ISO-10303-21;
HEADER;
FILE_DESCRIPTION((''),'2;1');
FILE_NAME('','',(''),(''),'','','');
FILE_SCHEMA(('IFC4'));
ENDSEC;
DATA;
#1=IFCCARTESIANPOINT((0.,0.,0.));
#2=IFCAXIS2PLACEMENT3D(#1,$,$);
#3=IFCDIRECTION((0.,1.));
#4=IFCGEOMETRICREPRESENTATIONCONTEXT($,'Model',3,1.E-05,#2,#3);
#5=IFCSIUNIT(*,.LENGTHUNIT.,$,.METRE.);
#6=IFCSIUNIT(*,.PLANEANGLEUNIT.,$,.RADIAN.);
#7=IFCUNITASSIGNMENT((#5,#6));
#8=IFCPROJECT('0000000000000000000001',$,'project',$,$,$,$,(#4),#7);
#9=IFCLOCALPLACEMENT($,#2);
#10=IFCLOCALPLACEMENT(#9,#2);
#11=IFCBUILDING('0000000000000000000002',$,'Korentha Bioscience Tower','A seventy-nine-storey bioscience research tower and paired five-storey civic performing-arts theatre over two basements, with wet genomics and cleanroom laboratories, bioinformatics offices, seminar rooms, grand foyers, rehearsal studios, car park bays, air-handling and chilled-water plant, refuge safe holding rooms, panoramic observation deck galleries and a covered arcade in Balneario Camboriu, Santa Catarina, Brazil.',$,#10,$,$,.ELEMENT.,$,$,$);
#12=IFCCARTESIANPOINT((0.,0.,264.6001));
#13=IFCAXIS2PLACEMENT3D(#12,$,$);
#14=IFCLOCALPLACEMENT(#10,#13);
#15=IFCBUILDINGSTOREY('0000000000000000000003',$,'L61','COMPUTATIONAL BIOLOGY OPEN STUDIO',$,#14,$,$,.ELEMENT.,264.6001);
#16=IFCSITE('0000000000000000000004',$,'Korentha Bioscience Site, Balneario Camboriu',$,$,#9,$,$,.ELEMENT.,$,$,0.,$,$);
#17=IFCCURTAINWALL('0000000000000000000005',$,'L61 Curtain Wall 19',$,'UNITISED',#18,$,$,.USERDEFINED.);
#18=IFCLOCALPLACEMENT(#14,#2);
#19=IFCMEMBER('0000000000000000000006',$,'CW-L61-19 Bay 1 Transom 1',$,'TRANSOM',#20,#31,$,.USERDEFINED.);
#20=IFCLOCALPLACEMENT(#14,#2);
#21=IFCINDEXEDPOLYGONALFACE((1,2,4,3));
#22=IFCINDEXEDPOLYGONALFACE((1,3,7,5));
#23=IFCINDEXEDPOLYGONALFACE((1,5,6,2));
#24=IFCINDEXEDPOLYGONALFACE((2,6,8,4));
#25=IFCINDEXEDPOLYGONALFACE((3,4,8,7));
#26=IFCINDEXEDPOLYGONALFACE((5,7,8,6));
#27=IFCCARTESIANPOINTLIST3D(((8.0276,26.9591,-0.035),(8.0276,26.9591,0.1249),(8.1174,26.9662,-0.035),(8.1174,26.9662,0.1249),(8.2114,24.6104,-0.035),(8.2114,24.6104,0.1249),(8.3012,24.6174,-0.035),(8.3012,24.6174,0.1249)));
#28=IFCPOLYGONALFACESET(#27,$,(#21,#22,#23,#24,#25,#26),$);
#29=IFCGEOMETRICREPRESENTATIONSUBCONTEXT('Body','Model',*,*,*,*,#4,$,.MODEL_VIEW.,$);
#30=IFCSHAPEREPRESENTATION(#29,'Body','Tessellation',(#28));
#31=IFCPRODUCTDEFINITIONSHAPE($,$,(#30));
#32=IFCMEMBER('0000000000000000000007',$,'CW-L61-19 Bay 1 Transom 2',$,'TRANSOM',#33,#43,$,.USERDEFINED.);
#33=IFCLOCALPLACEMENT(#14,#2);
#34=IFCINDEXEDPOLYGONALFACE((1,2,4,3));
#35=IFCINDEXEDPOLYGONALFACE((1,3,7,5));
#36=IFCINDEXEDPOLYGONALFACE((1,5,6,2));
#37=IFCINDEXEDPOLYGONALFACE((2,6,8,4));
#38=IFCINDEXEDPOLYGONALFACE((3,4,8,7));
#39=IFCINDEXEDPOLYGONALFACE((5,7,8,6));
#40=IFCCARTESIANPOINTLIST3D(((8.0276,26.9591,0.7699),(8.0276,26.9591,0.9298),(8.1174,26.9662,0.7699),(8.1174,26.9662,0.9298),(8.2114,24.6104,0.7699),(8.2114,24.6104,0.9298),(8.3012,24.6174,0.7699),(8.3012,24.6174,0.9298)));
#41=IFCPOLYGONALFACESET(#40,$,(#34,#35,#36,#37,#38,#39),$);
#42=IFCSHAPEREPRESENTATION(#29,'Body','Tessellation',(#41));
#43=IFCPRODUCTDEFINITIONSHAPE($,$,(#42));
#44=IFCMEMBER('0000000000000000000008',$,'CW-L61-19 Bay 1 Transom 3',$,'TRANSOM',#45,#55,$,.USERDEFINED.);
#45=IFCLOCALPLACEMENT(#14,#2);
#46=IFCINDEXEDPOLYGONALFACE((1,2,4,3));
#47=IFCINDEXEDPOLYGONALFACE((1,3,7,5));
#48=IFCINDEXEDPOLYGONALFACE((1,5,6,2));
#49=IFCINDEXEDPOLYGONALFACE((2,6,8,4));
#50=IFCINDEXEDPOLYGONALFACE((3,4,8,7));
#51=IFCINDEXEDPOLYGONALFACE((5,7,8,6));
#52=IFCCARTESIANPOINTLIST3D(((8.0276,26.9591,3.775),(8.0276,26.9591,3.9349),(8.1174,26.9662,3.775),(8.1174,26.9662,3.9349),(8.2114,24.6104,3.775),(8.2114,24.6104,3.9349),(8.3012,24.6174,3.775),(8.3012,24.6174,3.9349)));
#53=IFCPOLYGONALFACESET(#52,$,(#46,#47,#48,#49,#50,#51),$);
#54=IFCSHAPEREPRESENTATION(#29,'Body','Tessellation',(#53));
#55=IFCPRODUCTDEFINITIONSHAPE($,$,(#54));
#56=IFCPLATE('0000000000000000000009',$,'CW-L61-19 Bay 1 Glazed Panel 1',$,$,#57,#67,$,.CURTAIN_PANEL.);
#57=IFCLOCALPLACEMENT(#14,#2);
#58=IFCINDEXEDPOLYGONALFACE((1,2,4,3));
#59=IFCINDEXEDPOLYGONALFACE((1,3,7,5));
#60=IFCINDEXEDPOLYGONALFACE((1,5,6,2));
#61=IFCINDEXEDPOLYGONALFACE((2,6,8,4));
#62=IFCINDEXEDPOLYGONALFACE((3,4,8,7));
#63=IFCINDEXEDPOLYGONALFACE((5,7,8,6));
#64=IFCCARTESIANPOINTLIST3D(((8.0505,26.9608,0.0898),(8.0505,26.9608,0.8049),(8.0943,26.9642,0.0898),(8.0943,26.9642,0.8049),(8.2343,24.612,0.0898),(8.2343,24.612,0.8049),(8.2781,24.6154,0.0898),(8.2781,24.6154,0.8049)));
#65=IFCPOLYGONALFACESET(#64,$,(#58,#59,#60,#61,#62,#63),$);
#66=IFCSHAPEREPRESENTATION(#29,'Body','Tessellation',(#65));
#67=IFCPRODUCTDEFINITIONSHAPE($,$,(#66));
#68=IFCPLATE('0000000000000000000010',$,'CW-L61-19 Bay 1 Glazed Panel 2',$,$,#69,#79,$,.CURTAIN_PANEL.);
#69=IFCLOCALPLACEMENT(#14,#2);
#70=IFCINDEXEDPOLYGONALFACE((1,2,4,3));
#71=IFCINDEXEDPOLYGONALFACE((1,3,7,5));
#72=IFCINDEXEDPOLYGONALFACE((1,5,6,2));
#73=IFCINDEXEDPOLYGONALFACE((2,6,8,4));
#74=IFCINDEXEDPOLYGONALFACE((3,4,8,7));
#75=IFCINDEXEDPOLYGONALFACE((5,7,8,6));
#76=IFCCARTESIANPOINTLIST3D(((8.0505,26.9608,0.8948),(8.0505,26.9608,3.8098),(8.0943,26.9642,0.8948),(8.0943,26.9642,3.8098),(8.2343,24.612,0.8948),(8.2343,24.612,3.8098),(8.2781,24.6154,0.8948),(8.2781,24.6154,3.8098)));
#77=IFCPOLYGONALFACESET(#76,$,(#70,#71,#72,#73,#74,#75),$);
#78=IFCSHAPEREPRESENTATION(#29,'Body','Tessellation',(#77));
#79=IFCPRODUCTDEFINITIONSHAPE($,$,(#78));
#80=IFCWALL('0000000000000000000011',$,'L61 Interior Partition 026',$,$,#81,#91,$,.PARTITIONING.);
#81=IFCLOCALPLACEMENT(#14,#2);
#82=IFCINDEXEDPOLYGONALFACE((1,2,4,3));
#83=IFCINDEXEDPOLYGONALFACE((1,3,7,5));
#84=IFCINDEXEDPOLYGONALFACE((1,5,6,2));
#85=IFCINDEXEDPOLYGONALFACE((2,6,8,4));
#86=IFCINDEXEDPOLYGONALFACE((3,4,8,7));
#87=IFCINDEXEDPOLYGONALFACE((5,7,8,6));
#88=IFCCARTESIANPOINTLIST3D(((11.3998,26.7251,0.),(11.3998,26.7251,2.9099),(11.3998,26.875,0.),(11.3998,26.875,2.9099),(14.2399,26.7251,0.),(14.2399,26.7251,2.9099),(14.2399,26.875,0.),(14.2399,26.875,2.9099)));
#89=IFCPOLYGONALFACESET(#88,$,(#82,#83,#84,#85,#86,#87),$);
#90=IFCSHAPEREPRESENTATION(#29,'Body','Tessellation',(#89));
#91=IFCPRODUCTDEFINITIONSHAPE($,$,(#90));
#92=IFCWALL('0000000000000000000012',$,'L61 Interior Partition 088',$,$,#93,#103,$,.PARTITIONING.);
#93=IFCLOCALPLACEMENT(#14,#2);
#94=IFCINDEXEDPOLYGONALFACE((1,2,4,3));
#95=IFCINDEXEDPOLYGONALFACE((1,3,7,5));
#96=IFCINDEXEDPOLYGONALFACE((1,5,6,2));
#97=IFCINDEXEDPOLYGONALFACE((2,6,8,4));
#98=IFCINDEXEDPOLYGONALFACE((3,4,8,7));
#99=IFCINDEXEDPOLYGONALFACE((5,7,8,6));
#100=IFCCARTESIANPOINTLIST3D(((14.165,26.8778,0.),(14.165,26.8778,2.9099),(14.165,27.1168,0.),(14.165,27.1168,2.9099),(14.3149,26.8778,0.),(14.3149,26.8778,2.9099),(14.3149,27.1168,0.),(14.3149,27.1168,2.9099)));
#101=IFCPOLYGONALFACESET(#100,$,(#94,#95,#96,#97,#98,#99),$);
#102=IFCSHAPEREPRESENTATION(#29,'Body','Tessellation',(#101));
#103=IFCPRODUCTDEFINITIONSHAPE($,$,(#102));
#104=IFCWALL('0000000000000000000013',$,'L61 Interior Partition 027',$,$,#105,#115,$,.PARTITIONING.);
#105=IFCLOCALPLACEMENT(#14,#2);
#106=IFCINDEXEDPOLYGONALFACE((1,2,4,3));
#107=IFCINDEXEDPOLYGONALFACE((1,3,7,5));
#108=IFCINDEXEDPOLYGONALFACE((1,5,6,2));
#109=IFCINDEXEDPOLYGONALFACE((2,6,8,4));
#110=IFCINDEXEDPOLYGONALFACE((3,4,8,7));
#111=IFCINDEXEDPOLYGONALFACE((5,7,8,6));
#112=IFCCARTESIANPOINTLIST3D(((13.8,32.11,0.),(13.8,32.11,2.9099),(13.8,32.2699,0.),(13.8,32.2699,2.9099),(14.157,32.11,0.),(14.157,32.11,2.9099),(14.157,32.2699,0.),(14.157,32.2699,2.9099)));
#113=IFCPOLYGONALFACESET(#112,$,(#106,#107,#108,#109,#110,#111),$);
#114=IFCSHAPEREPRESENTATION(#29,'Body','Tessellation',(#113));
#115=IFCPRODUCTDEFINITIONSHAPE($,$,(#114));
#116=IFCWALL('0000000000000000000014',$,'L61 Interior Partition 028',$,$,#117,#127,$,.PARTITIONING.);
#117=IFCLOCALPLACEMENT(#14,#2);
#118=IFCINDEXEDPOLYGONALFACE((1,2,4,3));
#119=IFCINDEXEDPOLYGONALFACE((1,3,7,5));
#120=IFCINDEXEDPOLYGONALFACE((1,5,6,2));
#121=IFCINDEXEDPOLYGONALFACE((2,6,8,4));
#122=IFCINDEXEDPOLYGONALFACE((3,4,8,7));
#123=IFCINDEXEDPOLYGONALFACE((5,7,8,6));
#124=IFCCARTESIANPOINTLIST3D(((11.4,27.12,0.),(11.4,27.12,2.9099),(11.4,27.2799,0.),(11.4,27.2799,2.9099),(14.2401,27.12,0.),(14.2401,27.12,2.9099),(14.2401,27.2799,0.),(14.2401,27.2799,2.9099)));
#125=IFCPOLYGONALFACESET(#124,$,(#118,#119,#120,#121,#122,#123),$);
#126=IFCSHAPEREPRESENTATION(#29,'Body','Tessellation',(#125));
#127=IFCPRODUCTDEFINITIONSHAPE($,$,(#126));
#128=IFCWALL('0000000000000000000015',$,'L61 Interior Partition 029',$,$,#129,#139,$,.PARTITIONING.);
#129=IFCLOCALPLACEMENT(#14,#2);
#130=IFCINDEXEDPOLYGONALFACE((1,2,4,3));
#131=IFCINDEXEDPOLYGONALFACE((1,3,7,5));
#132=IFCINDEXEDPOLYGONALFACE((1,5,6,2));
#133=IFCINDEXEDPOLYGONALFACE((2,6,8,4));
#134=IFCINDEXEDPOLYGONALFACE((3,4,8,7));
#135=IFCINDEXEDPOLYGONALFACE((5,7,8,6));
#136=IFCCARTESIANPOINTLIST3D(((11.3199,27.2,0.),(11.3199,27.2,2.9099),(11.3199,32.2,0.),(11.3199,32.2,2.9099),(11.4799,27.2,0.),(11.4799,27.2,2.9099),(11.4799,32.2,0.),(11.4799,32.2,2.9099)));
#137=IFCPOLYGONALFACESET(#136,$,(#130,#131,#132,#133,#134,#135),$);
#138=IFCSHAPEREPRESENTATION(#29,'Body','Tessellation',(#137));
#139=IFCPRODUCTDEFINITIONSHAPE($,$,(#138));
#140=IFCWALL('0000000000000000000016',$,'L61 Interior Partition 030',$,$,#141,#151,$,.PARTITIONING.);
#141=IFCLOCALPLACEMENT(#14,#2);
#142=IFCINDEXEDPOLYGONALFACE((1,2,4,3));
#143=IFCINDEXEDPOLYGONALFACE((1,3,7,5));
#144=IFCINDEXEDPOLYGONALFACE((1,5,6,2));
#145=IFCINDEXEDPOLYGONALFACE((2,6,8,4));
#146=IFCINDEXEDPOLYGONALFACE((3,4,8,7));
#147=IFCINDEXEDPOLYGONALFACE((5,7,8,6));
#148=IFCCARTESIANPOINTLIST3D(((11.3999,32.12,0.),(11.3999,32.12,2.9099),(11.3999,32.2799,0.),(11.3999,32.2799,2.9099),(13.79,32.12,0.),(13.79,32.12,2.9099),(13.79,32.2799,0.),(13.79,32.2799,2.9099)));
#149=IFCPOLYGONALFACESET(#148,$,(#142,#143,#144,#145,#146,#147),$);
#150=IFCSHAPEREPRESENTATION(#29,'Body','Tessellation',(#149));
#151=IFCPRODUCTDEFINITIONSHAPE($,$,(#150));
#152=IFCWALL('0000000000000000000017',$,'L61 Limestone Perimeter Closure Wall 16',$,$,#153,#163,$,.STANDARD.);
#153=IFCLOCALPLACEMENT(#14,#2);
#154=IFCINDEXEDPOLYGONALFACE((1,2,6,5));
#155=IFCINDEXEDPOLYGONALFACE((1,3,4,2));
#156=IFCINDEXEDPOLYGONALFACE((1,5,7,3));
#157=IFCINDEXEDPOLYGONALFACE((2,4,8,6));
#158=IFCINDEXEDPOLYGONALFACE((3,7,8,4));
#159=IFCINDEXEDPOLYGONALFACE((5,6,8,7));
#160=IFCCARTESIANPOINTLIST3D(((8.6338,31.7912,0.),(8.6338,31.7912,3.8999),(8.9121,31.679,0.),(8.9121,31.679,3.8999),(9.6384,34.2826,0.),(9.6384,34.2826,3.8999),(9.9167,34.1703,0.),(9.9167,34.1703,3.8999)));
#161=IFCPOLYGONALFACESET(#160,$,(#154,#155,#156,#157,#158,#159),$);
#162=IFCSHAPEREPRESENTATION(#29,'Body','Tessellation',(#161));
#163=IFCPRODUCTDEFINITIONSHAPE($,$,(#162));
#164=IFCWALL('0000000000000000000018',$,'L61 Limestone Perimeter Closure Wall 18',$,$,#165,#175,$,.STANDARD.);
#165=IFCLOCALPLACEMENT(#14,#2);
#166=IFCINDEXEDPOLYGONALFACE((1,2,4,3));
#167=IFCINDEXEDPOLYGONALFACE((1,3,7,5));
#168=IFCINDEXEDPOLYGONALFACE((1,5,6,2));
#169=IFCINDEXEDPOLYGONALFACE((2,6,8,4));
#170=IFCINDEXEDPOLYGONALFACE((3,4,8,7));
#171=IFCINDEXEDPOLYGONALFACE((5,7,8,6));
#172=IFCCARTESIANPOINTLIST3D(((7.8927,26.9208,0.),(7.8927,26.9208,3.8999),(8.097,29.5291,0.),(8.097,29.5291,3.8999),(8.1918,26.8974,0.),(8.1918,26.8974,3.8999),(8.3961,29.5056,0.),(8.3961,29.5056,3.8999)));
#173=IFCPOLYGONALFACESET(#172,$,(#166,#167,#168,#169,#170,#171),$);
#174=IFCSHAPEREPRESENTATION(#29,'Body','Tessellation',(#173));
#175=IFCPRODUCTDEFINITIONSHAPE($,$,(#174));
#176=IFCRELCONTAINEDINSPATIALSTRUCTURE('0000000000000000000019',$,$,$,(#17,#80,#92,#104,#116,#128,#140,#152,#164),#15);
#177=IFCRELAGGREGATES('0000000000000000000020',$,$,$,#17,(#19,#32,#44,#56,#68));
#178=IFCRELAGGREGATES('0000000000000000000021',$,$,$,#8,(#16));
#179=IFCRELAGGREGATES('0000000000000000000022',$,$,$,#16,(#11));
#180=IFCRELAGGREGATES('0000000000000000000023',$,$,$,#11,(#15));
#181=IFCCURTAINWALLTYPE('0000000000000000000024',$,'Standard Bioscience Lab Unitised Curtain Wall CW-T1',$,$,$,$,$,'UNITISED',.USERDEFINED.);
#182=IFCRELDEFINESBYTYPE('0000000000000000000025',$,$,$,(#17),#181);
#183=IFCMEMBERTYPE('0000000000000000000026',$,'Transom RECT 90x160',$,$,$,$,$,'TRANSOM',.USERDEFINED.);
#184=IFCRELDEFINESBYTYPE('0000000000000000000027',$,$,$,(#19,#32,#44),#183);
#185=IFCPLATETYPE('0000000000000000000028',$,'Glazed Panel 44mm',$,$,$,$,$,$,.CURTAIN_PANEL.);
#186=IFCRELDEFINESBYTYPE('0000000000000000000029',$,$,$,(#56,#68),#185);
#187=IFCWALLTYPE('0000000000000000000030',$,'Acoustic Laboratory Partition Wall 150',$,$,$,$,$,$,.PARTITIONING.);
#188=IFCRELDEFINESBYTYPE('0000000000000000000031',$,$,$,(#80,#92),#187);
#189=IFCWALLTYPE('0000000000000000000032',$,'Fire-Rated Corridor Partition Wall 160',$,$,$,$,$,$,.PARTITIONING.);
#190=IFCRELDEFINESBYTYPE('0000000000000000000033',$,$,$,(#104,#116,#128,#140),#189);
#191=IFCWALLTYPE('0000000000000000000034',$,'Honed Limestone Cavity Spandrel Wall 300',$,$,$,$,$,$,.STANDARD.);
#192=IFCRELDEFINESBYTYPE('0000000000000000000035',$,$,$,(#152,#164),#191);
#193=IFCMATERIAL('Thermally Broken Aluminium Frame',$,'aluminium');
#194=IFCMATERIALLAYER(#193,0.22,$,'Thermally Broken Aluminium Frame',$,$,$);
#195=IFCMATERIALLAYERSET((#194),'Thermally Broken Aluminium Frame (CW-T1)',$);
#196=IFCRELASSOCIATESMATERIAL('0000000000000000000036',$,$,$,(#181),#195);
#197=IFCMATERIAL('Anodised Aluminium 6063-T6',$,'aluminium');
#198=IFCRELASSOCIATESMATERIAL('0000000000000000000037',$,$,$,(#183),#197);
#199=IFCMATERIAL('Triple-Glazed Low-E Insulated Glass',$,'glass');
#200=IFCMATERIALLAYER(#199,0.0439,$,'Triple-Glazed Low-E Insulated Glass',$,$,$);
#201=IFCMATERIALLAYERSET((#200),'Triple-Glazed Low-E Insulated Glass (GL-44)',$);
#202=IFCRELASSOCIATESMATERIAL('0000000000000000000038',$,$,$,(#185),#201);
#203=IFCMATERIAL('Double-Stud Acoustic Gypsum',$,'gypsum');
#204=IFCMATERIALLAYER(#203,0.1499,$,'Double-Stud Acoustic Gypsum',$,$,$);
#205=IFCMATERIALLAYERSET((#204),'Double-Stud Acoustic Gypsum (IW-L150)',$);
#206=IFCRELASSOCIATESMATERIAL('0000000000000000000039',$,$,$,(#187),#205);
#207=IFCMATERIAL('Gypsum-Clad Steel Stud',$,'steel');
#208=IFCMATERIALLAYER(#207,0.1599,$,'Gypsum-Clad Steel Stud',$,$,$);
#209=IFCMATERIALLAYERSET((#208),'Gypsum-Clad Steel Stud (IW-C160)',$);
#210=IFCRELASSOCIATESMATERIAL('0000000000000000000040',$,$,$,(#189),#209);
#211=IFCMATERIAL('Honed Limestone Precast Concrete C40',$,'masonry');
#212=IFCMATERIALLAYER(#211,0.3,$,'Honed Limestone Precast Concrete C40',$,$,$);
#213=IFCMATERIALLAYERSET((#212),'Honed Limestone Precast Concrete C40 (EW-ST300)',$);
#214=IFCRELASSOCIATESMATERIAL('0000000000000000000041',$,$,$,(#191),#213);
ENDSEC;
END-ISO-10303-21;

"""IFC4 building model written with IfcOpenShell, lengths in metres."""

from ifc_helpers import new_model, si_unit, direction, frame, frame_2d, origin, origin_2d, place, context, subcontext, project, spatial, rectangle, extrude, material, layer, layer_set, material_profile, profile_set, type_object, element, aggregate, save


model = new_model("IFC4")

# Units and contexts
model_context = context("Model", 3, precision=1e-05, world=origin(), true_north=direction((0.0, 1.0)))
body_context = subcontext(model_context, "Body", "Model", "MODEL_VIEW")
ifc_project = project(units=[si_unit("LENGTHUNIT", "METRE"), si_unit("PLANEANGLEUNIT", "RADIAN")], contexts=[model_context])

# Site, building, storey
site_placement = place(None, origin())
site = spatial("IfcSite", under=ifc_project, at=site_placement, Name="Korentha Bioscience Site, Balneario Camboriu", CompositionType="ELEMENT", RefElevation=0.0)
building_placement = place(site_placement, origin())
building = spatial("IfcBuilding", under=site, at=building_placement, Name="Korentha Bioscience Tower", Description="A seventy-nine-storey bioscience research tower and paired five-storey civic performing-arts theatre over two basements, with wet genomics and cleanroom laboratories, bioinformatics offices, seminar rooms, grand foyers, rehearsal studios, car park bays, air-handling and chilled-water plant, refuge safe holding rooms, panoramic observation deck galleries and a covered arcade in Balneario Camboriu, Santa Catarina, Brazil.", CompositionType="ELEMENT")
storey_placement = place(building_placement, frame((0.0, 0.0, 264.6001)))
storey = spatial("IfcBuildingStorey", under=building, at=storey_placement, Name="L61", Description="COMPUTATIONAL BIOLOGY OPEN STUDIO", CompositionType="ELEMENT", Elevation=264.6001)

# Curtain wall
ifc_material_1 = material(Name="Thermally Broken Aluminium Frame", Category="aluminium")
ifc_layer_1 = layer(ifc_material_1, 0.22, Name="Thermally Broken Aluminium Frame")
ifc_layer_set_1 = layer_set([ifc_layer_1], Name="Thermally Broken Aluminium Frame (CW-T1)")
curtain_wall_type = type_object("IfcCurtainWallType", Name="Standard Bioscience Lab Unitised Curtain Wall CW-T1", ElementType="UNITISED", PredefinedType="USERDEFINED", material=ifc_layer_set_1)
curtain_wall_placement = place(storey_placement, origin())
curtain_wall = element("IfcCurtainWall", 1, at=curtain_wall_placement, inside=storey, type_object=curtain_wall_type, Name="L61 Curtain Wall 19", ObjectType="UNITISED", PredefinedType="USERDEFINED")
ifc_material_2 = material(Name="Anodised Aluminium 6063-T6", Category="aluminium")

# Members
ifc_material_profile_1 = material_profile(ifc_material_2, rectangle(XDim=0.0901, YDim=0.1599, at=origin_2d()), Name="Anodised Aluminium 6063-T6")
ifc_profile_set_1 = profile_set([ifc_material_profile_1], Name="Anodised Aluminium 6063-T6 (CW-TRN)")
member_type_1 = type_object("IfcMemberType", Name="Transom RECT 90x160", ElementType="TRANSOM", PredefinedType="USERDEFINED", material=ifc_profile_set_1)
member_1_placement = place(storey_placement, frame((8.0725, 26.9626, 0.0449), z_axis=(0.078028, -0.996951, 0.0), x_axis=(0.996951, 0.078028, 0.0)))
member_1 = element("IfcMember", 2, at=member_1_placement, type_object=member_type_1, Name="CW-L61-19 Bay 1 Transom 1", ObjectType="TRANSOM", PredefinedType="USERDEFINED", context=body_context, shape_type="SweptSolid", body=[
    extrude(rectangle(XDim=0.0901, YDim=0.1599, at=origin_2d()), origin(), (0.0, 0.0, 1.0), 2.356),
])
member_2_placement = place(storey_placement, frame((8.0725, 26.9626, 0.8499), z_axis=(0.078028, -0.996951, 0.0), x_axis=(0.996951, 0.078028, 0.0)))
member_2 = element("IfcMember", 3, at=member_2_placement, type_object=member_type_1, Name="CW-L61-19 Bay 1 Transom 2", ObjectType="TRANSOM", PredefinedType="USERDEFINED", context=body_context, shape_type="SweptSolid", body=[
    extrude(rectangle(XDim=0.0901, YDim=0.1599, at=origin_2d()), origin(), (0.0, 0.0, 1.0), 2.356),
])
member_3_placement = place(storey_placement, frame((8.0725, 26.9626, 3.855), z_axis=(0.078028, -0.996951, 0.0), x_axis=(0.996951, 0.078028, 0.0)))
member_3 = element("IfcMember", 4, at=member_3_placement, type_object=member_type_1, Name="CW-L61-19 Bay 1 Transom 3", ObjectType="TRANSOM", PredefinedType="USERDEFINED", context=body_context, shape_type="SweptSolid", body=[
    extrude(rectangle(XDim=0.0901, YDim=0.1599, at=origin_2d()), origin(), (0.0, 0.0, 1.0), 2.356),
])

# Plates
ifc_material_3 = material(Name="Triple-Glazed Low-E Insulated Glass", Category="glass")
ifc_layer_2 = layer(ifc_material_3, 0.0439, Name="Triple-Glazed Low-E Insulated Glass")
ifc_layer_set_2 = layer_set([ifc_layer_2], Name="Triple-Glazed Low-E Insulated Glass (GL-44)")
plate_type = type_object("IfcPlateType", Name="Glazed Panel 44mm", PredefinedType="CURTAIN_PANEL", material=ifc_layer_set_2)
plate_1_placement = place(storey_placement, frame((8.1643, 25.7881, 0.0898), z_axis=(0.0, 0.0, 1.0), x_axis=(0.078035, -0.996951, 0.0)))
plate_1 = element("IfcPlate", 5, at=plate_1_placement, type_object=plate_type, Name="CW-L61-19 Bay 1 Glazed Panel 1", PredefinedType="CURTAIN_PANEL", context=body_context, shape_type="SweptSolid", body=[
    extrude(rectangle(XDim=2.356, YDim=0.0439, at=origin_2d()), origin(), (0.0, 0.0, 1.0), 0.7151),
])
plate_2_placement = place(storey_placement, frame((8.1643, 25.7881, 0.8948), z_axis=(0.0, 0.0, 1.0), x_axis=(0.078035, -0.996951, 0.0)))
plate_2 = element("IfcPlate", 6, at=plate_2_placement, type_object=plate_type, Name="CW-L61-19 Bay 1 Glazed Panel 2", PredefinedType="CURTAIN_PANEL", context=body_context, shape_type="SweptSolid", body=[
    extrude(rectangle(XDim=2.356, YDim=0.0439, at=origin_2d()), origin(), (0.0, 0.0, 1.0), 2.915),
])
aggregate(curtain_wall, [member_1, member_2, member_3, plate_1, plate_2])

# Shared definitions
ifc_material_4 = material(Name="Double-Stud Acoustic Gypsum", Category="gypsum")
ifc_layer_3 = layer(ifc_material_4, 0.1499, Name="Double-Stud Acoustic Gypsum")
ifc_layer_set_3 = layer_set([ifc_layer_3], Name="Double-Stud Acoustic Gypsum (IW-L150)")
wall_type_1 = type_object("IfcWallType", Name="Acoustic Laboratory Partition Wall 150", PredefinedType="PARTITIONING", material=ifc_layer_set_3)

# Walls
wall_1_placement = place(storey_placement, frame((11.3999, 26.8, 0.0), z_axis=(0.0, 0.0, 1.0), x_axis=(1.0, 0.0, 0.0)))
element("IfcWall", 7, at=wall_1_placement, inside=storey, type_object=wall_type_1, Name="L61 Interior Partition 026", PredefinedType="PARTITIONING", context=body_context, shape_type="SweptSolid", body=[
    extrude(rectangle(XDim=2.8401, YDim=0.1499, at=frame_2d((1.4199, 0.0))), origin(), (0.0, 0.0, 1.0), 2.9099),
])
wall_2_placement = place(storey_placement, frame((14.24, 27.1169, 0.0), z_axis=(0.0, 0.0, 1.0), x_axis=(0.0, -1.0, 0.0)))
element("IfcWall", 8, at=wall_2_placement, inside=storey, type_object=wall_type_1, Name="L61 Interior Partition 088", PredefinedType="PARTITIONING", context=body_context, shape_type="SweptSolid", body=[
    extrude(rectangle(XDim=0.239, YDim=0.1499, at=frame_2d((0.1196, 0.0))), origin(), (0.0, 0.0, 1.0), 2.9099),
])

# Shared definitions
ifc_material_5 = material(Name="Gypsum-Clad Steel Stud", Category="steel")
ifc_layer_4 = layer(ifc_material_5, 0.1599, Name="Gypsum-Clad Steel Stud")
ifc_layer_set_4 = layer_set([ifc_layer_4], Name="Gypsum-Clad Steel Stud (IW-C160)")
wall_type_2 = type_object("IfcWallType", Name="Fire-Rated Corridor Partition Wall 160", PredefinedType="PARTITIONING", material=ifc_layer_set_4)

# Walls
wall_3_placement = place(storey_placement, frame((13.8, 32.1899, 0.0), z_axis=(0.0, 0.0, 1.0), x_axis=(1.0, 0.0, 0.0)))
element("IfcWall", 9, at=wall_3_placement, inside=storey, type_object=wall_type_2, Name="L61 Interior Partition 027", PredefinedType="PARTITIONING", context=body_context, shape_type="SweptSolid", body=[
    extrude(rectangle(XDim=0.3569, YDim=0.1599, at=frame_2d((0.1785, 0.0))), origin(), (0.0, 0.0, 1.0), 2.9099),
])
wall_4_placement = place(storey_placement, frame((14.24, 27.2, 0.0), z_axis=(0.0, 0.0, 1.0), x_axis=(-1.0, 0.0, 0.0)))
element("IfcWall", 10, at=wall_4_placement, inside=storey, type_object=wall_type_2, Name="L61 Interior Partition 028", PredefinedType="PARTITIONING", context=body_context, shape_type="SweptSolid", body=[
    extrude(rectangle(XDim=2.8401, YDim=0.1599, at=frame_2d((1.4199, 0.0))), origin(), (0.0, 0.0, 1.0), 2.9099),
])
wall_5_placement = place(storey_placement, frame((11.3999, 27.2, 0.0), z_axis=(0.0, 0.0, 1.0), x_axis=(0.0, 1.0, 0.0)))
element("IfcWall", 11, at=wall_5_placement, inside=storey, type_object=wall_type_2, Name="L61 Interior Partition 029", PredefinedType="PARTITIONING", context=body_context, shape_type="SweptSolid", body=[
    extrude(rectangle(XDim=5.0, YDim=0.1599, at=frame_2d((2.5, 0.0))), origin(), (0.0, 0.0, 1.0), 2.9099),
])
wall_6_placement = place(storey_placement, frame((11.3999, 32.2, 0.0), z_axis=(0.0, 0.0, 1.0), x_axis=(1.0, 0.0, 0.0)))
element("IfcWall", 12, at=wall_6_placement, inside=storey, type_object=wall_type_2, Name="L61 Interior Partition 030", PredefinedType="PARTITIONING", context=body_context, shape_type="SweptSolid", body=[
    extrude(rectangle(XDim=2.3901, YDim=0.1599, at=frame_2d((1.1951, 0.0))), origin(), (0.0, 0.0, 1.0), 2.9099),
])

# Shared definitions
ifc_material_6 = material(Name="Honed Limestone Precast Concrete C40", Category="masonry")
ifc_layer_5 = layer(ifc_material_6, 0.3, Name="Honed Limestone Precast Concrete C40")
ifc_layer_set_5 = layer_set([ifc_layer_5], Name="Honed Limestone Precast Concrete C40 (EW-ST300)")
wall_type_3 = type_object("IfcWallType", Name="Honed Limestone Cavity Spandrel Wall 300", PredefinedType="STANDARD", material=ifc_layer_set_5)

# Walls
wall_7_placement = place(storey_placement, frame((9.7776, 34.2266, 0.0), z_axis=(0.0, 0.0, 1.0), x_axis=(-0.373975, -0.927439, 0.0)))
element("IfcWall", 13, at=wall_7_placement, inside=storey, type_object=wall_type_3, Name="L61 Limestone Perimeter Closure Wall 16", PredefinedType="STANDARD", context=body_context, shape_type="SweptSolid", body=[
    extrude(rectangle(XDim=2.6863, YDim=0.3, at=frame_2d((1.3433, 0.0))), origin(), (0.0, 0.0, 1.0), 3.8999),
])
wall_8_placement = place(storey_placement, frame((8.2466, 29.5173, 0.0), z_axis=(0.0, 0.0, 1.0), x_axis=(-0.078109, -0.996945, 0.0)))
element("IfcWall", 14, at=wall_8_placement, inside=storey, type_object=wall_type_3, Name="L61 Limestone Perimeter Closure Wall 18", PredefinedType="STANDARD", context=body_context, shape_type="SweptSolid", body=[
    extrude(rectangle(XDim=2.6162, YDim=0.3, at=frame_2d((1.3081, 0.0))), origin(), (0.0, 0.0, 1.0), 3.8999),
])

save(model, "model.ifc")
